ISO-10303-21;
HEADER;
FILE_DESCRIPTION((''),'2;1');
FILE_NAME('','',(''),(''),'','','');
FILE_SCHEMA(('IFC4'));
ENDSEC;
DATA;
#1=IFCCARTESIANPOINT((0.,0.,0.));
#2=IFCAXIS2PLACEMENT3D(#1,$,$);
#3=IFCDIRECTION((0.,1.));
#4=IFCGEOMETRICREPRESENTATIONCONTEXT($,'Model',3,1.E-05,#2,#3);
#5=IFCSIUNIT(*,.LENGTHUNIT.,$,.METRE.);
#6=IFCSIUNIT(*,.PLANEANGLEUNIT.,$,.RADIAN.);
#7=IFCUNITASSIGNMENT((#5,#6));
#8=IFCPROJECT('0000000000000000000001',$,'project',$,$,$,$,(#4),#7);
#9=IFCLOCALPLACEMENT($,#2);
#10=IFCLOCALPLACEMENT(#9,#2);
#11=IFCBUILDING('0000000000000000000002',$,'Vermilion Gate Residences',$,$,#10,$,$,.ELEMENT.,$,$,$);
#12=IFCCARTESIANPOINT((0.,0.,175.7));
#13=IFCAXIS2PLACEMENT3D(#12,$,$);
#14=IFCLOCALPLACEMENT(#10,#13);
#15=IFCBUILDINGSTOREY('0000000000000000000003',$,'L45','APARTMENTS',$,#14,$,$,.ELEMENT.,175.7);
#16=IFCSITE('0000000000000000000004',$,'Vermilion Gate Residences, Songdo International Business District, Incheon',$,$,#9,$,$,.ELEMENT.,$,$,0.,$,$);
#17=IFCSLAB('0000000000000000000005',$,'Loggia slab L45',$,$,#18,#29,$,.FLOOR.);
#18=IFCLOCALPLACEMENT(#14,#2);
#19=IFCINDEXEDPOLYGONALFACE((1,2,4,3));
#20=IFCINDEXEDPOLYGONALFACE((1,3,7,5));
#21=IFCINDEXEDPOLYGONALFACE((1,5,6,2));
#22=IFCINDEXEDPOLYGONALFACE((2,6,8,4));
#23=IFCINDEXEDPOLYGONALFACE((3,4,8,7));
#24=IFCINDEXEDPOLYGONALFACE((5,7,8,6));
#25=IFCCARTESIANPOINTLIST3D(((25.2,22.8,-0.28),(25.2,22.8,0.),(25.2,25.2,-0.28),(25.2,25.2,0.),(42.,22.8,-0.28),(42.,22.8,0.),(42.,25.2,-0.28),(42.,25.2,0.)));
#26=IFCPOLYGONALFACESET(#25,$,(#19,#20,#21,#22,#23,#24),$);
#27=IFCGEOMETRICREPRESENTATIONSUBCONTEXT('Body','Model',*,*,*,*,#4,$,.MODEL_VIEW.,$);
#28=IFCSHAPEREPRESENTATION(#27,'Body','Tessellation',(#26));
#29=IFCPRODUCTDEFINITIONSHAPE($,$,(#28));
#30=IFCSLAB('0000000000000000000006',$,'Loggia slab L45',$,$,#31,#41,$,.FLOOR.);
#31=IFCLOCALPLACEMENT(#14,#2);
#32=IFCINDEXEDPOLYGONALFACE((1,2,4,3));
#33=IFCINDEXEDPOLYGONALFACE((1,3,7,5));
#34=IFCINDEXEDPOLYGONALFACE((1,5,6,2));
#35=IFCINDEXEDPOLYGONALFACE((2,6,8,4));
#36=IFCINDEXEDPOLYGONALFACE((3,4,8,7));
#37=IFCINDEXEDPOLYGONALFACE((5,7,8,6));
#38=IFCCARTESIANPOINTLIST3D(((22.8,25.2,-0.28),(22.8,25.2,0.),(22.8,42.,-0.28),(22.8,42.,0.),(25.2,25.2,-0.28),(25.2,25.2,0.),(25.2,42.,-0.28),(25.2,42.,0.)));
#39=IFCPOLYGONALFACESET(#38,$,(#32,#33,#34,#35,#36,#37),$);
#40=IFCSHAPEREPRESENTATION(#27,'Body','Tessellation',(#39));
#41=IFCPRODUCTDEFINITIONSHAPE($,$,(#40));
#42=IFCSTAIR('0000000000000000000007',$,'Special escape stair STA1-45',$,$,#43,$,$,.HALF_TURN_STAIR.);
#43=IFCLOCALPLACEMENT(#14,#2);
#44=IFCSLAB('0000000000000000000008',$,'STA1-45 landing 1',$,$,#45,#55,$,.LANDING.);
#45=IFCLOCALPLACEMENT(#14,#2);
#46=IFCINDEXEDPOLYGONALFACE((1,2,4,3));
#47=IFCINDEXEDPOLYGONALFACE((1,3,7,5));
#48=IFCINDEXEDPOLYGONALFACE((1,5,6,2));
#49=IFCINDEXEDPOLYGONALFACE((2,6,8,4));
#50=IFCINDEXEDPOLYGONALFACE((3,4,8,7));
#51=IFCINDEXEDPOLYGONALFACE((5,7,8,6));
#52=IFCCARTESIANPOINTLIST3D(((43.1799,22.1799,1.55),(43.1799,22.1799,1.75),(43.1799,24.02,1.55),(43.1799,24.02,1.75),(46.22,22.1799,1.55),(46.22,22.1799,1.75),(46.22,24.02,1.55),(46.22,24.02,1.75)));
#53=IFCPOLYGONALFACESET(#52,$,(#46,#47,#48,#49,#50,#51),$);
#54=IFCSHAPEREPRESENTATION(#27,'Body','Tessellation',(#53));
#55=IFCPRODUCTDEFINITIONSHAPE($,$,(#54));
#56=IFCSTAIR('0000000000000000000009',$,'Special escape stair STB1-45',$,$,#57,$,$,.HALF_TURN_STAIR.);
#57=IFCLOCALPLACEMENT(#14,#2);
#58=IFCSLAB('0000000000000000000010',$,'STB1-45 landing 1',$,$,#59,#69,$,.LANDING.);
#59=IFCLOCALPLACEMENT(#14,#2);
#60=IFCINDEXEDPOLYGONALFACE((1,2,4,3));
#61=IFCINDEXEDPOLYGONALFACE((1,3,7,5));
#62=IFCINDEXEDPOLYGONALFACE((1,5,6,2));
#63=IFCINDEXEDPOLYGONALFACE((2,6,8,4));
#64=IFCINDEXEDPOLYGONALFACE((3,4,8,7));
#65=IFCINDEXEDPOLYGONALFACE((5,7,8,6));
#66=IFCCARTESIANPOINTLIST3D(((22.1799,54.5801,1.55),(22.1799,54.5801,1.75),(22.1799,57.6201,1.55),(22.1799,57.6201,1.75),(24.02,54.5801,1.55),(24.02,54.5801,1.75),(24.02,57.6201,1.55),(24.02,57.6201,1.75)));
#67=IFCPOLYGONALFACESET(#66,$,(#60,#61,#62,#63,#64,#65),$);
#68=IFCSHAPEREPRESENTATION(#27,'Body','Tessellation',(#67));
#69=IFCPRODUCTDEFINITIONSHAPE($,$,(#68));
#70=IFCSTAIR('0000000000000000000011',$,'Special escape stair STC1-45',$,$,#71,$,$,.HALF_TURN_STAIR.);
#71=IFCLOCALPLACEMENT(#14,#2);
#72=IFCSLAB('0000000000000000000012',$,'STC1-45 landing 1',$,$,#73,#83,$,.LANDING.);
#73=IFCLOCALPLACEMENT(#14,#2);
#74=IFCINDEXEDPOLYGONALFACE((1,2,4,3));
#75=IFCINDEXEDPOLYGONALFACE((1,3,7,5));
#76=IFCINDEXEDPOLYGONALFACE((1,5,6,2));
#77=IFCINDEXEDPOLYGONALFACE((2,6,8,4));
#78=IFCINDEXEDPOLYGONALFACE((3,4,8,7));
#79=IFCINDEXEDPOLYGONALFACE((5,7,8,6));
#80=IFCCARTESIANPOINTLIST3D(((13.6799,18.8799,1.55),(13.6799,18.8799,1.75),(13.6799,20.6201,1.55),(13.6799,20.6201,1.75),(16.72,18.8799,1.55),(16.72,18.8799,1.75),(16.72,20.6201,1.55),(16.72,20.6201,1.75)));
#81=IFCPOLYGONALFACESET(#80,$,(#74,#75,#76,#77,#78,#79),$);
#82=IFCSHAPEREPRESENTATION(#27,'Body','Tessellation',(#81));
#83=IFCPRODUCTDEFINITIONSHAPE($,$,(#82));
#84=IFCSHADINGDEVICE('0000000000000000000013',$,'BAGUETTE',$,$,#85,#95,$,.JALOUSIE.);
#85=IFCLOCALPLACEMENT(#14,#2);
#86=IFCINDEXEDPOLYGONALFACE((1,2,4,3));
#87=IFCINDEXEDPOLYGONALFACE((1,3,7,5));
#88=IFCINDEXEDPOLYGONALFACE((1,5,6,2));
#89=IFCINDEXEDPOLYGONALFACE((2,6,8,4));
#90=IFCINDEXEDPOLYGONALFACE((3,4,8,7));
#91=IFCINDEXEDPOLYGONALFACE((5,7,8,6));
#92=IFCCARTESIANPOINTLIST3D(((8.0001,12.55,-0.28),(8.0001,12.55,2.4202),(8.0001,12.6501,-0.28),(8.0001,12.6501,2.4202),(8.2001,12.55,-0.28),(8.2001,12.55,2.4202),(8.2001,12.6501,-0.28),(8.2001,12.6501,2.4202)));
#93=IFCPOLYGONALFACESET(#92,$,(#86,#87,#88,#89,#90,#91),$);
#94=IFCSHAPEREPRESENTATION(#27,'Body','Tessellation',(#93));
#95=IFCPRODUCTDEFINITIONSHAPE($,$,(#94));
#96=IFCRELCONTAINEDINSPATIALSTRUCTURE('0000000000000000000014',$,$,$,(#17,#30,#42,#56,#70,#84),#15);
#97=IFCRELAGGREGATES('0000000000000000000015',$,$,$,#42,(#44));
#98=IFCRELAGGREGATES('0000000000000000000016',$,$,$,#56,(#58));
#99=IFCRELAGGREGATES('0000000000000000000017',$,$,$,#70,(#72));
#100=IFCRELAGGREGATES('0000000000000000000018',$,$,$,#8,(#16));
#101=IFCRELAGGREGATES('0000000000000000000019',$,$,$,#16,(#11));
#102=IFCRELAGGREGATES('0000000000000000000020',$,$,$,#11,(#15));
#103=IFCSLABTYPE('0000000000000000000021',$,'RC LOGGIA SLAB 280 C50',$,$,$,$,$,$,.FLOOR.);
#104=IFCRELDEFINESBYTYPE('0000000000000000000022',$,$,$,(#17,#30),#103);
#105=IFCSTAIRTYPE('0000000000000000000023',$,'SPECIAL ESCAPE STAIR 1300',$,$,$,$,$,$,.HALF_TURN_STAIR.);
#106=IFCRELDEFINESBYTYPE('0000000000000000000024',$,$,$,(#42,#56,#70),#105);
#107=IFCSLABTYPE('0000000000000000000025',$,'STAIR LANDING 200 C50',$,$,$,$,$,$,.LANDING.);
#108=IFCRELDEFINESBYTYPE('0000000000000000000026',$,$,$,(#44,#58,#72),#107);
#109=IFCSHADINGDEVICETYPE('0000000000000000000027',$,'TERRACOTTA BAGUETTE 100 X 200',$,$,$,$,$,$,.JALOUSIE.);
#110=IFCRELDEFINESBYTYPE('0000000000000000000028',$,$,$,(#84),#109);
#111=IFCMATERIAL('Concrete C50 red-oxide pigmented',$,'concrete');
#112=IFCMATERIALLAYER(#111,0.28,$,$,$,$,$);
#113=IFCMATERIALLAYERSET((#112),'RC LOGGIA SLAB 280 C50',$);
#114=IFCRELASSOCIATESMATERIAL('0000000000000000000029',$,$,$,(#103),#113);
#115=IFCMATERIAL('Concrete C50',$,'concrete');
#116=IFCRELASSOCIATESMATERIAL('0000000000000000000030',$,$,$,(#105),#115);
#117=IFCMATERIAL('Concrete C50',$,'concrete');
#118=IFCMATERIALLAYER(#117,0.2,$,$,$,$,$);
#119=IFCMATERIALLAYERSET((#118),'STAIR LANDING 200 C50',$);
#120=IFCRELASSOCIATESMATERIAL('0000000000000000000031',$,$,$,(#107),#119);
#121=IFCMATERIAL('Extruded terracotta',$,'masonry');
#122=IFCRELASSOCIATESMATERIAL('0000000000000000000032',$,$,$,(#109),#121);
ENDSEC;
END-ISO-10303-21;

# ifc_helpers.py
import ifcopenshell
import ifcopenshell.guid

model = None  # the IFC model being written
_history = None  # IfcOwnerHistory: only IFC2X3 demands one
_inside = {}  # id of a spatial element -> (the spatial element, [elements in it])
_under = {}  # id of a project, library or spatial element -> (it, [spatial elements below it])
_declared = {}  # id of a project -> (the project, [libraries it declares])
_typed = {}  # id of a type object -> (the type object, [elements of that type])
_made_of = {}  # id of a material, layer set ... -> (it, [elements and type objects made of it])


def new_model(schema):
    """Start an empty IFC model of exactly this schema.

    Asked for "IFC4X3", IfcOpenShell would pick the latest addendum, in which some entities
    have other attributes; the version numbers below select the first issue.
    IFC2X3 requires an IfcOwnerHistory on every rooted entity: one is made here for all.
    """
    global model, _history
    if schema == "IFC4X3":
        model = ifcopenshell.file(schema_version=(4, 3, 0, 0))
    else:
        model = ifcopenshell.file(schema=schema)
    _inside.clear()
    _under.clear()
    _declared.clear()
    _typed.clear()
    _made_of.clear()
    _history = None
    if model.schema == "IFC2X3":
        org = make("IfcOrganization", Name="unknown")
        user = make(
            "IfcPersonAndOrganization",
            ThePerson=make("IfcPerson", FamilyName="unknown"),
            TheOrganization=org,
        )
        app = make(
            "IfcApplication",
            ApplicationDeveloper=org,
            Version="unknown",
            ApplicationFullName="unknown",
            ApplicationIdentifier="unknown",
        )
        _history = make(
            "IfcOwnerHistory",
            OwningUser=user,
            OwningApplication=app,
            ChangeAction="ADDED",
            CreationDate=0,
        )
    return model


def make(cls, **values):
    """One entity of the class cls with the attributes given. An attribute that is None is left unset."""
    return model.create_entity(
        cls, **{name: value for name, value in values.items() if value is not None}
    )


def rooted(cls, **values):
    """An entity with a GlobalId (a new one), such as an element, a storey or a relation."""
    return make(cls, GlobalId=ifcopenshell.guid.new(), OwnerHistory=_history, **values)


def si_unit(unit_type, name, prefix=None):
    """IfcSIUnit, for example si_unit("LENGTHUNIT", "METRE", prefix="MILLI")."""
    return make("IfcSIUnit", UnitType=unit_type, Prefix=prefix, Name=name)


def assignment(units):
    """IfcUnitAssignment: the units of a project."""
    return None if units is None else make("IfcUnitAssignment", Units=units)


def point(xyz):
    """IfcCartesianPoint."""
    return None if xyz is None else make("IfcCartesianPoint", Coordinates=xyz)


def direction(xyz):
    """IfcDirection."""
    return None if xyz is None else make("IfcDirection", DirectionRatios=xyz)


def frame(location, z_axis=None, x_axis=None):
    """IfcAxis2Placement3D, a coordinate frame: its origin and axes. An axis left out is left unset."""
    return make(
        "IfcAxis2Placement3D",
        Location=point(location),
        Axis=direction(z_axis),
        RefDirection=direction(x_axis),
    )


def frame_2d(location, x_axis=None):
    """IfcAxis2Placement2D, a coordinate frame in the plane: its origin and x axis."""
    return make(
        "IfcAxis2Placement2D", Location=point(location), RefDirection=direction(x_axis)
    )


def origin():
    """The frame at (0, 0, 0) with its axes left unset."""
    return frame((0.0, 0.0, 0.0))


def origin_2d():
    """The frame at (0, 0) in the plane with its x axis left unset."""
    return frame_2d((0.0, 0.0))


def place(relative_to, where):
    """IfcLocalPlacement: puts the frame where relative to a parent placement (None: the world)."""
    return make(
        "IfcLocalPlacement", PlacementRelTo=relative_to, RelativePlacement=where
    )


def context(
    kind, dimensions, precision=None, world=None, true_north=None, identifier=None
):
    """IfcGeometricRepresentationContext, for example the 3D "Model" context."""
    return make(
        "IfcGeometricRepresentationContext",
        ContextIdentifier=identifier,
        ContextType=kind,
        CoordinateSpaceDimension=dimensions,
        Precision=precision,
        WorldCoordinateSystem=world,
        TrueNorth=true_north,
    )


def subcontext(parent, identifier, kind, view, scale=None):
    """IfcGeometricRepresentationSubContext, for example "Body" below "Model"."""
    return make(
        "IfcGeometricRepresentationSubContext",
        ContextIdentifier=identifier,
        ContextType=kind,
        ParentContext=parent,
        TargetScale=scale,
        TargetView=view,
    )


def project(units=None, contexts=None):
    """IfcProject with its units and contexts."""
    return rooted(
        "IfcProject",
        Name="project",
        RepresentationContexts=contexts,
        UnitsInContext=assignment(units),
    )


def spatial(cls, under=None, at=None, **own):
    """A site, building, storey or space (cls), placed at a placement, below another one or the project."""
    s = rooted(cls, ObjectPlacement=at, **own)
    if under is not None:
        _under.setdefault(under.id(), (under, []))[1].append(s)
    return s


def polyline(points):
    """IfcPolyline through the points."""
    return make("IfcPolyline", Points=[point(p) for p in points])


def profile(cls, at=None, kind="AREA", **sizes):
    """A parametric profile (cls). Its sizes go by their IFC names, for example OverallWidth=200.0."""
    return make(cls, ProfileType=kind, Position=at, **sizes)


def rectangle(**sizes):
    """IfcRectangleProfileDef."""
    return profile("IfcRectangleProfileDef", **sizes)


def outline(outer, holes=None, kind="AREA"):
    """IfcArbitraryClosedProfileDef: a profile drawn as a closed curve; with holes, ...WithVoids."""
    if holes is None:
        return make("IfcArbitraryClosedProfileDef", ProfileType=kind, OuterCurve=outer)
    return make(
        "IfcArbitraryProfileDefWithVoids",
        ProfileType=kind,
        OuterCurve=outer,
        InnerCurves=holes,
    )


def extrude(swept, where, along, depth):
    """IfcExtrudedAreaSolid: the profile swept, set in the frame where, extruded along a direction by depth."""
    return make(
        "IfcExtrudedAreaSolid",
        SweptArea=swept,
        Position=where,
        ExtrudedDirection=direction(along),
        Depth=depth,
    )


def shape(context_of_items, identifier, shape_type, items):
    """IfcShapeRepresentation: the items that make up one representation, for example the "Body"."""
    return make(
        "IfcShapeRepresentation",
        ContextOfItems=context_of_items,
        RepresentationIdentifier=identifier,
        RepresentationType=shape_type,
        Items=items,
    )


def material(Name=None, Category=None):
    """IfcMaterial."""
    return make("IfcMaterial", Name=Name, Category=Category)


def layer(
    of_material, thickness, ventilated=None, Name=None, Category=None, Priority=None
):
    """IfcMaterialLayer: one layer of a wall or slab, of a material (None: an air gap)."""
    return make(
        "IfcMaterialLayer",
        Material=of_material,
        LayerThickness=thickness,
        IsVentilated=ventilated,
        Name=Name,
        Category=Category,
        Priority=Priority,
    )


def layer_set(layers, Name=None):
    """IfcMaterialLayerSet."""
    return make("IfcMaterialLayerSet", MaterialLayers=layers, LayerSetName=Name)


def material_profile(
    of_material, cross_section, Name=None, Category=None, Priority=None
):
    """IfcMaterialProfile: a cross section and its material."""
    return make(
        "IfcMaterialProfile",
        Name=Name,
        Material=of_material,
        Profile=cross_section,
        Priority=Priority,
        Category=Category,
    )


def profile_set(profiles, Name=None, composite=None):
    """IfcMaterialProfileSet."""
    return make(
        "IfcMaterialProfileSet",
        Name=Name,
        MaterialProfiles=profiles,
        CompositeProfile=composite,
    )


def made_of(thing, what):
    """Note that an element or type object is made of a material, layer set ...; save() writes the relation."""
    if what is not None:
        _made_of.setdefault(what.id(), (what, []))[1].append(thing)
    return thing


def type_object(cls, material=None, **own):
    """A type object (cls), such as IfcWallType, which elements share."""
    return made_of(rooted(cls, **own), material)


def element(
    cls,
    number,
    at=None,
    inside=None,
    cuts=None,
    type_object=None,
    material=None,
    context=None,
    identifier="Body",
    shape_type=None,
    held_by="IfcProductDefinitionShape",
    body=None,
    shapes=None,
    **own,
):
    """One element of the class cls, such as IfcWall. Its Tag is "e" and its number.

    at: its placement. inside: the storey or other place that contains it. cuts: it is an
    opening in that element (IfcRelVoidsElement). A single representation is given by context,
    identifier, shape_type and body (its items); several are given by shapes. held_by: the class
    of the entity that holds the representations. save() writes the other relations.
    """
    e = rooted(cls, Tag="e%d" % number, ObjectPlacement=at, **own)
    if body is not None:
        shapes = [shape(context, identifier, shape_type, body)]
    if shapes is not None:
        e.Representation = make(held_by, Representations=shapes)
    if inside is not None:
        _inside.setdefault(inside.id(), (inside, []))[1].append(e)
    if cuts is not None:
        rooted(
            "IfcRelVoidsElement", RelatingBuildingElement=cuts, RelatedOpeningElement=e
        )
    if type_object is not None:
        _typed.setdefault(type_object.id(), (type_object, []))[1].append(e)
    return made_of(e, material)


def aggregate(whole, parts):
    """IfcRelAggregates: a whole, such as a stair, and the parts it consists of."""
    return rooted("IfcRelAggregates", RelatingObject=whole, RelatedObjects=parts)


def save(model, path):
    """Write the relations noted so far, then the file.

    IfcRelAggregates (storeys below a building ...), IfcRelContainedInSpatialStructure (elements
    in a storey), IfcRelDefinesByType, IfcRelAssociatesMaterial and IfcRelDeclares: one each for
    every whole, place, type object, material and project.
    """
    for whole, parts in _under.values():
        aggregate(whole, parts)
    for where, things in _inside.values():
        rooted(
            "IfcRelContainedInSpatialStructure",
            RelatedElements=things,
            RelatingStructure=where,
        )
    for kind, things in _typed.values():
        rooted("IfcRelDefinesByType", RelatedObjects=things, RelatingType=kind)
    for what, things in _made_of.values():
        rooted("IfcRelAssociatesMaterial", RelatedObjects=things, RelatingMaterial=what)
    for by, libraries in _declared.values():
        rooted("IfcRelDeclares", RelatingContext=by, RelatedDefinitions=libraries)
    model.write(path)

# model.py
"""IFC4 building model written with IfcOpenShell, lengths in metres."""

from ifc_helpers import new_model, si_unit, direction, frame, origin, origin_2d, place, context, subcontext, project, spatial, polyline, rectangle, outline, extrude, material, layer, layer_set, material_profile, profile_set, type_object, element, aggregate, save


model = new_model("IFC4")

# Units and contexts
model_context = context("Model", 3, precision=1e-05, world=origin(), true_north=direction((0.0, 1.0)))
body_context = subcontext(model_context, "Body", "Model", "MODEL_VIEW")
ifc_project = project(units=[si_unit("LENGTHUNIT", "METRE"), si_unit("PLANEANGLEUNIT", "RADIAN")], contexts=[model_context])

# Site, building, storey
site_placement = place(None, origin())
site = spatial("IfcSite", under=ifc_project, at=site_placement, Name="Vermilion Gate Residences, Songdo International Business District, Incheon", CompositionType="ELEMENT", RefElevation=0.0)
building_placement = place(site_placement, origin())
building = spatial("IfcBuilding", under=site, at=building_placement, Name="Vermilion Gate Residences", CompositionType="ELEMENT")
storey_placement = place(building_placement, frame((0.0, 0.0, 175.7)))
storey = spatial("IfcBuildingStorey", under=building, at=storey_placement, Name="L45", Description="APARTMENTS", CompositionType="ELEMENT", Elevation=175.7)

# Slabs
ifc_material_1 = material(Name="Concrete C50 red-oxide pigmented", Category="concrete")
ifc_layer_1 = layer(ifc_material_1, 0.28)
ifc_layer_set_1 = layer_set([ifc_layer_1], Name="RC LOGGIA SLAB 280 C50")
slab_type_1 = type_object("IfcSlabType", Name="RC LOGGIA SLAB 280 C50", PredefinedType="FLOOR", material=ifc_layer_set_1)
slab_1_placement = place(storey_placement, frame((0.0, 0.0, -0.28)))
element("IfcSlab", 1, at=slab_1_placement, inside=storey, type_object=slab_type_1, Name="Loggia slab L45", PredefinedType="FLOOR", context=body_context, shape_type="SweptSolid", body=[
    extrude(outline(polyline([(42.0, 25.2), (25.2, 25.2), (25.2, 22.8), (42.0, 22.8), (42.0, 25.2)])), origin(), (0.0, 0.0, 1.0), 0.28),
])
slab_2_placement = place(storey_placement, frame((0.0, 0.0, -0.28)))
element("IfcSlab", 2, at=slab_2_placement, inside=storey, type_object=slab_type_1, Name="Loggia slab L45", PredefinedType="FLOOR", context=body_context, shape_type="SweptSolid", body=[
    extrude(outline(polyline([(22.8, 42.0), (22.8, 25.2), (25.2, 25.2), (25.2, 42.0), (22.8, 42.0)])), origin(), (0.0, 0.0, 1.0), 0.28),
])

# Stairs, slabs
ifc_material_2 = material(Name="Concrete C50", Category="concrete")
stair_type = type_object("IfcStairType", Name="SPECIAL ESCAPE STAIR 1300", PredefinedType="HALF_TURN_STAIR", material=ifc_material_2)
stair_1_placement = place(storey_placement, origin())
stair_1 = element("IfcStair", 3, at=stair_1_placement, inside=storey, type_object=stair_type, Name="Special escape stair STA1-45", PredefinedType="HALF_TURN_STAIR")
ifc_material_3 = material(Name="Concrete C50", Category="concrete")
ifc_layer_2 = layer(ifc_material_3, 0.2)
ifc_layer_set_2 = layer_set([ifc_layer_2], Name="STAIR LANDING 200 C50")
slab_type_2 = type_object("IfcSlabType", Name="STAIR LANDING 200 C50", PredefinedType="LANDING", material=ifc_layer_set_2)
slab_3_placement = place(storey_placement, frame((0.0, 0.0, 1.55)))
slab_3 = element("IfcSlab", 4, at=slab_3_placement, type_object=slab_type_2, Name="STA1-45 landing 1", PredefinedType="LANDING", context=body_context, shape_type="SweptSolid", body=[
    extrude(outline(polyline([(46.22, 22.1799), (46.22, 24.02), (43.1799, 24.02), (43.1799, 22.1799), (46.22, 22.1799)])), origin(), (0.0, 0.0, 1.0), 0.2),
])
aggregate(stair_1, [slab_3])
stair_2_placement = place(storey_placement, origin())
stair_2 = element("IfcStair", 5, at=stair_2_placement, inside=storey, type_object=stair_type, Name="Special escape stair STB1-45", PredefinedType="HALF_TURN_STAIR")
slab_4_placement = place(storey_placement, frame((0.0, 0.0, 1.55)))
slab_4 = element("IfcSlab", 6, at=slab_4_placement, type_object=slab_type_2, Name="STB1-45 landing 1", PredefinedType="LANDING", context=body_context, shape_type="SweptSolid", body=[
    extrude(outline(polyline([(24.02, 54.5801), (24.02, 57.6201), (22.1799, 57.6201), (22.1799, 54.5801), (24.02, 54.5801)])), origin(), (0.0, 0.0, 1.0), 0.2),
])
aggregate(stair_2, [slab_4])
stair_3_placement = place(storey_placement, origin())
stair_3 = element("IfcStair", 7, at=stair_3_placement, inside=storey, type_object=stair_type, Name="Special escape stair STC1-45", PredefinedType="HALF_TURN_STAIR")
slab_5_placement = place(storey_placement, frame((0.0, 0.0, 1.55)))
slab_5 = element("IfcSlab", 8, at=slab_5_placement, type_object=slab_type_2, Name="STC1-45 landing 1", PredefinedType="LANDING", context=body_context, shape_type="SweptSolid", body=[
    extrude(outline(polyline([(16.72, 18.8799), (16.72, 20.6201), (13.6799, 20.6201), (13.6799, 18.8799), (16.72, 18.8799)])), origin(), (0.0, 0.0, 1.0), 0.2),
])
aggregate(stair_3, [slab_5])

# Shading device
ifc_material_4 = material(Name="Extruded terracotta", Category="masonry")
ifc_material_profile = material_profile(ifc_material_4, rectangle(XDim=0.2, YDim=0.1001, at=origin_2d()), Name="BAGUETTE 100 X 200")
ifc_profile_set = profile_set([ifc_material_profile], Name="Extruded terracotta")
shading_device_type = type_object("IfcShadingDeviceType", Name="TERRACOTTA BAGUETTE 100 X 200", PredefinedType="JALOUSIE", material=ifc_profile_set)
shading_device_placement = place(storey_placement, frame((8.1001, 12.6001, -0.28), z_axis=(0.0, 0.0, 1.0), x_axis=(1.0, 0.0, 0.0)))
element("IfcShadingDevice", 9, at=shading_device_placement, inside=storey, type_object=shading_device_type, Name="BAGUETTE", PredefinedType="JALOUSIE", context=body_context, shape_type="SweptSolid", body=[
    extrude(rectangle(XDim=0.2, YDim=0.1001, at=origin_2d()), origin(), (0.0, 0.0, 1.0), 2.7002),
])

save(model, "model.ifc")
